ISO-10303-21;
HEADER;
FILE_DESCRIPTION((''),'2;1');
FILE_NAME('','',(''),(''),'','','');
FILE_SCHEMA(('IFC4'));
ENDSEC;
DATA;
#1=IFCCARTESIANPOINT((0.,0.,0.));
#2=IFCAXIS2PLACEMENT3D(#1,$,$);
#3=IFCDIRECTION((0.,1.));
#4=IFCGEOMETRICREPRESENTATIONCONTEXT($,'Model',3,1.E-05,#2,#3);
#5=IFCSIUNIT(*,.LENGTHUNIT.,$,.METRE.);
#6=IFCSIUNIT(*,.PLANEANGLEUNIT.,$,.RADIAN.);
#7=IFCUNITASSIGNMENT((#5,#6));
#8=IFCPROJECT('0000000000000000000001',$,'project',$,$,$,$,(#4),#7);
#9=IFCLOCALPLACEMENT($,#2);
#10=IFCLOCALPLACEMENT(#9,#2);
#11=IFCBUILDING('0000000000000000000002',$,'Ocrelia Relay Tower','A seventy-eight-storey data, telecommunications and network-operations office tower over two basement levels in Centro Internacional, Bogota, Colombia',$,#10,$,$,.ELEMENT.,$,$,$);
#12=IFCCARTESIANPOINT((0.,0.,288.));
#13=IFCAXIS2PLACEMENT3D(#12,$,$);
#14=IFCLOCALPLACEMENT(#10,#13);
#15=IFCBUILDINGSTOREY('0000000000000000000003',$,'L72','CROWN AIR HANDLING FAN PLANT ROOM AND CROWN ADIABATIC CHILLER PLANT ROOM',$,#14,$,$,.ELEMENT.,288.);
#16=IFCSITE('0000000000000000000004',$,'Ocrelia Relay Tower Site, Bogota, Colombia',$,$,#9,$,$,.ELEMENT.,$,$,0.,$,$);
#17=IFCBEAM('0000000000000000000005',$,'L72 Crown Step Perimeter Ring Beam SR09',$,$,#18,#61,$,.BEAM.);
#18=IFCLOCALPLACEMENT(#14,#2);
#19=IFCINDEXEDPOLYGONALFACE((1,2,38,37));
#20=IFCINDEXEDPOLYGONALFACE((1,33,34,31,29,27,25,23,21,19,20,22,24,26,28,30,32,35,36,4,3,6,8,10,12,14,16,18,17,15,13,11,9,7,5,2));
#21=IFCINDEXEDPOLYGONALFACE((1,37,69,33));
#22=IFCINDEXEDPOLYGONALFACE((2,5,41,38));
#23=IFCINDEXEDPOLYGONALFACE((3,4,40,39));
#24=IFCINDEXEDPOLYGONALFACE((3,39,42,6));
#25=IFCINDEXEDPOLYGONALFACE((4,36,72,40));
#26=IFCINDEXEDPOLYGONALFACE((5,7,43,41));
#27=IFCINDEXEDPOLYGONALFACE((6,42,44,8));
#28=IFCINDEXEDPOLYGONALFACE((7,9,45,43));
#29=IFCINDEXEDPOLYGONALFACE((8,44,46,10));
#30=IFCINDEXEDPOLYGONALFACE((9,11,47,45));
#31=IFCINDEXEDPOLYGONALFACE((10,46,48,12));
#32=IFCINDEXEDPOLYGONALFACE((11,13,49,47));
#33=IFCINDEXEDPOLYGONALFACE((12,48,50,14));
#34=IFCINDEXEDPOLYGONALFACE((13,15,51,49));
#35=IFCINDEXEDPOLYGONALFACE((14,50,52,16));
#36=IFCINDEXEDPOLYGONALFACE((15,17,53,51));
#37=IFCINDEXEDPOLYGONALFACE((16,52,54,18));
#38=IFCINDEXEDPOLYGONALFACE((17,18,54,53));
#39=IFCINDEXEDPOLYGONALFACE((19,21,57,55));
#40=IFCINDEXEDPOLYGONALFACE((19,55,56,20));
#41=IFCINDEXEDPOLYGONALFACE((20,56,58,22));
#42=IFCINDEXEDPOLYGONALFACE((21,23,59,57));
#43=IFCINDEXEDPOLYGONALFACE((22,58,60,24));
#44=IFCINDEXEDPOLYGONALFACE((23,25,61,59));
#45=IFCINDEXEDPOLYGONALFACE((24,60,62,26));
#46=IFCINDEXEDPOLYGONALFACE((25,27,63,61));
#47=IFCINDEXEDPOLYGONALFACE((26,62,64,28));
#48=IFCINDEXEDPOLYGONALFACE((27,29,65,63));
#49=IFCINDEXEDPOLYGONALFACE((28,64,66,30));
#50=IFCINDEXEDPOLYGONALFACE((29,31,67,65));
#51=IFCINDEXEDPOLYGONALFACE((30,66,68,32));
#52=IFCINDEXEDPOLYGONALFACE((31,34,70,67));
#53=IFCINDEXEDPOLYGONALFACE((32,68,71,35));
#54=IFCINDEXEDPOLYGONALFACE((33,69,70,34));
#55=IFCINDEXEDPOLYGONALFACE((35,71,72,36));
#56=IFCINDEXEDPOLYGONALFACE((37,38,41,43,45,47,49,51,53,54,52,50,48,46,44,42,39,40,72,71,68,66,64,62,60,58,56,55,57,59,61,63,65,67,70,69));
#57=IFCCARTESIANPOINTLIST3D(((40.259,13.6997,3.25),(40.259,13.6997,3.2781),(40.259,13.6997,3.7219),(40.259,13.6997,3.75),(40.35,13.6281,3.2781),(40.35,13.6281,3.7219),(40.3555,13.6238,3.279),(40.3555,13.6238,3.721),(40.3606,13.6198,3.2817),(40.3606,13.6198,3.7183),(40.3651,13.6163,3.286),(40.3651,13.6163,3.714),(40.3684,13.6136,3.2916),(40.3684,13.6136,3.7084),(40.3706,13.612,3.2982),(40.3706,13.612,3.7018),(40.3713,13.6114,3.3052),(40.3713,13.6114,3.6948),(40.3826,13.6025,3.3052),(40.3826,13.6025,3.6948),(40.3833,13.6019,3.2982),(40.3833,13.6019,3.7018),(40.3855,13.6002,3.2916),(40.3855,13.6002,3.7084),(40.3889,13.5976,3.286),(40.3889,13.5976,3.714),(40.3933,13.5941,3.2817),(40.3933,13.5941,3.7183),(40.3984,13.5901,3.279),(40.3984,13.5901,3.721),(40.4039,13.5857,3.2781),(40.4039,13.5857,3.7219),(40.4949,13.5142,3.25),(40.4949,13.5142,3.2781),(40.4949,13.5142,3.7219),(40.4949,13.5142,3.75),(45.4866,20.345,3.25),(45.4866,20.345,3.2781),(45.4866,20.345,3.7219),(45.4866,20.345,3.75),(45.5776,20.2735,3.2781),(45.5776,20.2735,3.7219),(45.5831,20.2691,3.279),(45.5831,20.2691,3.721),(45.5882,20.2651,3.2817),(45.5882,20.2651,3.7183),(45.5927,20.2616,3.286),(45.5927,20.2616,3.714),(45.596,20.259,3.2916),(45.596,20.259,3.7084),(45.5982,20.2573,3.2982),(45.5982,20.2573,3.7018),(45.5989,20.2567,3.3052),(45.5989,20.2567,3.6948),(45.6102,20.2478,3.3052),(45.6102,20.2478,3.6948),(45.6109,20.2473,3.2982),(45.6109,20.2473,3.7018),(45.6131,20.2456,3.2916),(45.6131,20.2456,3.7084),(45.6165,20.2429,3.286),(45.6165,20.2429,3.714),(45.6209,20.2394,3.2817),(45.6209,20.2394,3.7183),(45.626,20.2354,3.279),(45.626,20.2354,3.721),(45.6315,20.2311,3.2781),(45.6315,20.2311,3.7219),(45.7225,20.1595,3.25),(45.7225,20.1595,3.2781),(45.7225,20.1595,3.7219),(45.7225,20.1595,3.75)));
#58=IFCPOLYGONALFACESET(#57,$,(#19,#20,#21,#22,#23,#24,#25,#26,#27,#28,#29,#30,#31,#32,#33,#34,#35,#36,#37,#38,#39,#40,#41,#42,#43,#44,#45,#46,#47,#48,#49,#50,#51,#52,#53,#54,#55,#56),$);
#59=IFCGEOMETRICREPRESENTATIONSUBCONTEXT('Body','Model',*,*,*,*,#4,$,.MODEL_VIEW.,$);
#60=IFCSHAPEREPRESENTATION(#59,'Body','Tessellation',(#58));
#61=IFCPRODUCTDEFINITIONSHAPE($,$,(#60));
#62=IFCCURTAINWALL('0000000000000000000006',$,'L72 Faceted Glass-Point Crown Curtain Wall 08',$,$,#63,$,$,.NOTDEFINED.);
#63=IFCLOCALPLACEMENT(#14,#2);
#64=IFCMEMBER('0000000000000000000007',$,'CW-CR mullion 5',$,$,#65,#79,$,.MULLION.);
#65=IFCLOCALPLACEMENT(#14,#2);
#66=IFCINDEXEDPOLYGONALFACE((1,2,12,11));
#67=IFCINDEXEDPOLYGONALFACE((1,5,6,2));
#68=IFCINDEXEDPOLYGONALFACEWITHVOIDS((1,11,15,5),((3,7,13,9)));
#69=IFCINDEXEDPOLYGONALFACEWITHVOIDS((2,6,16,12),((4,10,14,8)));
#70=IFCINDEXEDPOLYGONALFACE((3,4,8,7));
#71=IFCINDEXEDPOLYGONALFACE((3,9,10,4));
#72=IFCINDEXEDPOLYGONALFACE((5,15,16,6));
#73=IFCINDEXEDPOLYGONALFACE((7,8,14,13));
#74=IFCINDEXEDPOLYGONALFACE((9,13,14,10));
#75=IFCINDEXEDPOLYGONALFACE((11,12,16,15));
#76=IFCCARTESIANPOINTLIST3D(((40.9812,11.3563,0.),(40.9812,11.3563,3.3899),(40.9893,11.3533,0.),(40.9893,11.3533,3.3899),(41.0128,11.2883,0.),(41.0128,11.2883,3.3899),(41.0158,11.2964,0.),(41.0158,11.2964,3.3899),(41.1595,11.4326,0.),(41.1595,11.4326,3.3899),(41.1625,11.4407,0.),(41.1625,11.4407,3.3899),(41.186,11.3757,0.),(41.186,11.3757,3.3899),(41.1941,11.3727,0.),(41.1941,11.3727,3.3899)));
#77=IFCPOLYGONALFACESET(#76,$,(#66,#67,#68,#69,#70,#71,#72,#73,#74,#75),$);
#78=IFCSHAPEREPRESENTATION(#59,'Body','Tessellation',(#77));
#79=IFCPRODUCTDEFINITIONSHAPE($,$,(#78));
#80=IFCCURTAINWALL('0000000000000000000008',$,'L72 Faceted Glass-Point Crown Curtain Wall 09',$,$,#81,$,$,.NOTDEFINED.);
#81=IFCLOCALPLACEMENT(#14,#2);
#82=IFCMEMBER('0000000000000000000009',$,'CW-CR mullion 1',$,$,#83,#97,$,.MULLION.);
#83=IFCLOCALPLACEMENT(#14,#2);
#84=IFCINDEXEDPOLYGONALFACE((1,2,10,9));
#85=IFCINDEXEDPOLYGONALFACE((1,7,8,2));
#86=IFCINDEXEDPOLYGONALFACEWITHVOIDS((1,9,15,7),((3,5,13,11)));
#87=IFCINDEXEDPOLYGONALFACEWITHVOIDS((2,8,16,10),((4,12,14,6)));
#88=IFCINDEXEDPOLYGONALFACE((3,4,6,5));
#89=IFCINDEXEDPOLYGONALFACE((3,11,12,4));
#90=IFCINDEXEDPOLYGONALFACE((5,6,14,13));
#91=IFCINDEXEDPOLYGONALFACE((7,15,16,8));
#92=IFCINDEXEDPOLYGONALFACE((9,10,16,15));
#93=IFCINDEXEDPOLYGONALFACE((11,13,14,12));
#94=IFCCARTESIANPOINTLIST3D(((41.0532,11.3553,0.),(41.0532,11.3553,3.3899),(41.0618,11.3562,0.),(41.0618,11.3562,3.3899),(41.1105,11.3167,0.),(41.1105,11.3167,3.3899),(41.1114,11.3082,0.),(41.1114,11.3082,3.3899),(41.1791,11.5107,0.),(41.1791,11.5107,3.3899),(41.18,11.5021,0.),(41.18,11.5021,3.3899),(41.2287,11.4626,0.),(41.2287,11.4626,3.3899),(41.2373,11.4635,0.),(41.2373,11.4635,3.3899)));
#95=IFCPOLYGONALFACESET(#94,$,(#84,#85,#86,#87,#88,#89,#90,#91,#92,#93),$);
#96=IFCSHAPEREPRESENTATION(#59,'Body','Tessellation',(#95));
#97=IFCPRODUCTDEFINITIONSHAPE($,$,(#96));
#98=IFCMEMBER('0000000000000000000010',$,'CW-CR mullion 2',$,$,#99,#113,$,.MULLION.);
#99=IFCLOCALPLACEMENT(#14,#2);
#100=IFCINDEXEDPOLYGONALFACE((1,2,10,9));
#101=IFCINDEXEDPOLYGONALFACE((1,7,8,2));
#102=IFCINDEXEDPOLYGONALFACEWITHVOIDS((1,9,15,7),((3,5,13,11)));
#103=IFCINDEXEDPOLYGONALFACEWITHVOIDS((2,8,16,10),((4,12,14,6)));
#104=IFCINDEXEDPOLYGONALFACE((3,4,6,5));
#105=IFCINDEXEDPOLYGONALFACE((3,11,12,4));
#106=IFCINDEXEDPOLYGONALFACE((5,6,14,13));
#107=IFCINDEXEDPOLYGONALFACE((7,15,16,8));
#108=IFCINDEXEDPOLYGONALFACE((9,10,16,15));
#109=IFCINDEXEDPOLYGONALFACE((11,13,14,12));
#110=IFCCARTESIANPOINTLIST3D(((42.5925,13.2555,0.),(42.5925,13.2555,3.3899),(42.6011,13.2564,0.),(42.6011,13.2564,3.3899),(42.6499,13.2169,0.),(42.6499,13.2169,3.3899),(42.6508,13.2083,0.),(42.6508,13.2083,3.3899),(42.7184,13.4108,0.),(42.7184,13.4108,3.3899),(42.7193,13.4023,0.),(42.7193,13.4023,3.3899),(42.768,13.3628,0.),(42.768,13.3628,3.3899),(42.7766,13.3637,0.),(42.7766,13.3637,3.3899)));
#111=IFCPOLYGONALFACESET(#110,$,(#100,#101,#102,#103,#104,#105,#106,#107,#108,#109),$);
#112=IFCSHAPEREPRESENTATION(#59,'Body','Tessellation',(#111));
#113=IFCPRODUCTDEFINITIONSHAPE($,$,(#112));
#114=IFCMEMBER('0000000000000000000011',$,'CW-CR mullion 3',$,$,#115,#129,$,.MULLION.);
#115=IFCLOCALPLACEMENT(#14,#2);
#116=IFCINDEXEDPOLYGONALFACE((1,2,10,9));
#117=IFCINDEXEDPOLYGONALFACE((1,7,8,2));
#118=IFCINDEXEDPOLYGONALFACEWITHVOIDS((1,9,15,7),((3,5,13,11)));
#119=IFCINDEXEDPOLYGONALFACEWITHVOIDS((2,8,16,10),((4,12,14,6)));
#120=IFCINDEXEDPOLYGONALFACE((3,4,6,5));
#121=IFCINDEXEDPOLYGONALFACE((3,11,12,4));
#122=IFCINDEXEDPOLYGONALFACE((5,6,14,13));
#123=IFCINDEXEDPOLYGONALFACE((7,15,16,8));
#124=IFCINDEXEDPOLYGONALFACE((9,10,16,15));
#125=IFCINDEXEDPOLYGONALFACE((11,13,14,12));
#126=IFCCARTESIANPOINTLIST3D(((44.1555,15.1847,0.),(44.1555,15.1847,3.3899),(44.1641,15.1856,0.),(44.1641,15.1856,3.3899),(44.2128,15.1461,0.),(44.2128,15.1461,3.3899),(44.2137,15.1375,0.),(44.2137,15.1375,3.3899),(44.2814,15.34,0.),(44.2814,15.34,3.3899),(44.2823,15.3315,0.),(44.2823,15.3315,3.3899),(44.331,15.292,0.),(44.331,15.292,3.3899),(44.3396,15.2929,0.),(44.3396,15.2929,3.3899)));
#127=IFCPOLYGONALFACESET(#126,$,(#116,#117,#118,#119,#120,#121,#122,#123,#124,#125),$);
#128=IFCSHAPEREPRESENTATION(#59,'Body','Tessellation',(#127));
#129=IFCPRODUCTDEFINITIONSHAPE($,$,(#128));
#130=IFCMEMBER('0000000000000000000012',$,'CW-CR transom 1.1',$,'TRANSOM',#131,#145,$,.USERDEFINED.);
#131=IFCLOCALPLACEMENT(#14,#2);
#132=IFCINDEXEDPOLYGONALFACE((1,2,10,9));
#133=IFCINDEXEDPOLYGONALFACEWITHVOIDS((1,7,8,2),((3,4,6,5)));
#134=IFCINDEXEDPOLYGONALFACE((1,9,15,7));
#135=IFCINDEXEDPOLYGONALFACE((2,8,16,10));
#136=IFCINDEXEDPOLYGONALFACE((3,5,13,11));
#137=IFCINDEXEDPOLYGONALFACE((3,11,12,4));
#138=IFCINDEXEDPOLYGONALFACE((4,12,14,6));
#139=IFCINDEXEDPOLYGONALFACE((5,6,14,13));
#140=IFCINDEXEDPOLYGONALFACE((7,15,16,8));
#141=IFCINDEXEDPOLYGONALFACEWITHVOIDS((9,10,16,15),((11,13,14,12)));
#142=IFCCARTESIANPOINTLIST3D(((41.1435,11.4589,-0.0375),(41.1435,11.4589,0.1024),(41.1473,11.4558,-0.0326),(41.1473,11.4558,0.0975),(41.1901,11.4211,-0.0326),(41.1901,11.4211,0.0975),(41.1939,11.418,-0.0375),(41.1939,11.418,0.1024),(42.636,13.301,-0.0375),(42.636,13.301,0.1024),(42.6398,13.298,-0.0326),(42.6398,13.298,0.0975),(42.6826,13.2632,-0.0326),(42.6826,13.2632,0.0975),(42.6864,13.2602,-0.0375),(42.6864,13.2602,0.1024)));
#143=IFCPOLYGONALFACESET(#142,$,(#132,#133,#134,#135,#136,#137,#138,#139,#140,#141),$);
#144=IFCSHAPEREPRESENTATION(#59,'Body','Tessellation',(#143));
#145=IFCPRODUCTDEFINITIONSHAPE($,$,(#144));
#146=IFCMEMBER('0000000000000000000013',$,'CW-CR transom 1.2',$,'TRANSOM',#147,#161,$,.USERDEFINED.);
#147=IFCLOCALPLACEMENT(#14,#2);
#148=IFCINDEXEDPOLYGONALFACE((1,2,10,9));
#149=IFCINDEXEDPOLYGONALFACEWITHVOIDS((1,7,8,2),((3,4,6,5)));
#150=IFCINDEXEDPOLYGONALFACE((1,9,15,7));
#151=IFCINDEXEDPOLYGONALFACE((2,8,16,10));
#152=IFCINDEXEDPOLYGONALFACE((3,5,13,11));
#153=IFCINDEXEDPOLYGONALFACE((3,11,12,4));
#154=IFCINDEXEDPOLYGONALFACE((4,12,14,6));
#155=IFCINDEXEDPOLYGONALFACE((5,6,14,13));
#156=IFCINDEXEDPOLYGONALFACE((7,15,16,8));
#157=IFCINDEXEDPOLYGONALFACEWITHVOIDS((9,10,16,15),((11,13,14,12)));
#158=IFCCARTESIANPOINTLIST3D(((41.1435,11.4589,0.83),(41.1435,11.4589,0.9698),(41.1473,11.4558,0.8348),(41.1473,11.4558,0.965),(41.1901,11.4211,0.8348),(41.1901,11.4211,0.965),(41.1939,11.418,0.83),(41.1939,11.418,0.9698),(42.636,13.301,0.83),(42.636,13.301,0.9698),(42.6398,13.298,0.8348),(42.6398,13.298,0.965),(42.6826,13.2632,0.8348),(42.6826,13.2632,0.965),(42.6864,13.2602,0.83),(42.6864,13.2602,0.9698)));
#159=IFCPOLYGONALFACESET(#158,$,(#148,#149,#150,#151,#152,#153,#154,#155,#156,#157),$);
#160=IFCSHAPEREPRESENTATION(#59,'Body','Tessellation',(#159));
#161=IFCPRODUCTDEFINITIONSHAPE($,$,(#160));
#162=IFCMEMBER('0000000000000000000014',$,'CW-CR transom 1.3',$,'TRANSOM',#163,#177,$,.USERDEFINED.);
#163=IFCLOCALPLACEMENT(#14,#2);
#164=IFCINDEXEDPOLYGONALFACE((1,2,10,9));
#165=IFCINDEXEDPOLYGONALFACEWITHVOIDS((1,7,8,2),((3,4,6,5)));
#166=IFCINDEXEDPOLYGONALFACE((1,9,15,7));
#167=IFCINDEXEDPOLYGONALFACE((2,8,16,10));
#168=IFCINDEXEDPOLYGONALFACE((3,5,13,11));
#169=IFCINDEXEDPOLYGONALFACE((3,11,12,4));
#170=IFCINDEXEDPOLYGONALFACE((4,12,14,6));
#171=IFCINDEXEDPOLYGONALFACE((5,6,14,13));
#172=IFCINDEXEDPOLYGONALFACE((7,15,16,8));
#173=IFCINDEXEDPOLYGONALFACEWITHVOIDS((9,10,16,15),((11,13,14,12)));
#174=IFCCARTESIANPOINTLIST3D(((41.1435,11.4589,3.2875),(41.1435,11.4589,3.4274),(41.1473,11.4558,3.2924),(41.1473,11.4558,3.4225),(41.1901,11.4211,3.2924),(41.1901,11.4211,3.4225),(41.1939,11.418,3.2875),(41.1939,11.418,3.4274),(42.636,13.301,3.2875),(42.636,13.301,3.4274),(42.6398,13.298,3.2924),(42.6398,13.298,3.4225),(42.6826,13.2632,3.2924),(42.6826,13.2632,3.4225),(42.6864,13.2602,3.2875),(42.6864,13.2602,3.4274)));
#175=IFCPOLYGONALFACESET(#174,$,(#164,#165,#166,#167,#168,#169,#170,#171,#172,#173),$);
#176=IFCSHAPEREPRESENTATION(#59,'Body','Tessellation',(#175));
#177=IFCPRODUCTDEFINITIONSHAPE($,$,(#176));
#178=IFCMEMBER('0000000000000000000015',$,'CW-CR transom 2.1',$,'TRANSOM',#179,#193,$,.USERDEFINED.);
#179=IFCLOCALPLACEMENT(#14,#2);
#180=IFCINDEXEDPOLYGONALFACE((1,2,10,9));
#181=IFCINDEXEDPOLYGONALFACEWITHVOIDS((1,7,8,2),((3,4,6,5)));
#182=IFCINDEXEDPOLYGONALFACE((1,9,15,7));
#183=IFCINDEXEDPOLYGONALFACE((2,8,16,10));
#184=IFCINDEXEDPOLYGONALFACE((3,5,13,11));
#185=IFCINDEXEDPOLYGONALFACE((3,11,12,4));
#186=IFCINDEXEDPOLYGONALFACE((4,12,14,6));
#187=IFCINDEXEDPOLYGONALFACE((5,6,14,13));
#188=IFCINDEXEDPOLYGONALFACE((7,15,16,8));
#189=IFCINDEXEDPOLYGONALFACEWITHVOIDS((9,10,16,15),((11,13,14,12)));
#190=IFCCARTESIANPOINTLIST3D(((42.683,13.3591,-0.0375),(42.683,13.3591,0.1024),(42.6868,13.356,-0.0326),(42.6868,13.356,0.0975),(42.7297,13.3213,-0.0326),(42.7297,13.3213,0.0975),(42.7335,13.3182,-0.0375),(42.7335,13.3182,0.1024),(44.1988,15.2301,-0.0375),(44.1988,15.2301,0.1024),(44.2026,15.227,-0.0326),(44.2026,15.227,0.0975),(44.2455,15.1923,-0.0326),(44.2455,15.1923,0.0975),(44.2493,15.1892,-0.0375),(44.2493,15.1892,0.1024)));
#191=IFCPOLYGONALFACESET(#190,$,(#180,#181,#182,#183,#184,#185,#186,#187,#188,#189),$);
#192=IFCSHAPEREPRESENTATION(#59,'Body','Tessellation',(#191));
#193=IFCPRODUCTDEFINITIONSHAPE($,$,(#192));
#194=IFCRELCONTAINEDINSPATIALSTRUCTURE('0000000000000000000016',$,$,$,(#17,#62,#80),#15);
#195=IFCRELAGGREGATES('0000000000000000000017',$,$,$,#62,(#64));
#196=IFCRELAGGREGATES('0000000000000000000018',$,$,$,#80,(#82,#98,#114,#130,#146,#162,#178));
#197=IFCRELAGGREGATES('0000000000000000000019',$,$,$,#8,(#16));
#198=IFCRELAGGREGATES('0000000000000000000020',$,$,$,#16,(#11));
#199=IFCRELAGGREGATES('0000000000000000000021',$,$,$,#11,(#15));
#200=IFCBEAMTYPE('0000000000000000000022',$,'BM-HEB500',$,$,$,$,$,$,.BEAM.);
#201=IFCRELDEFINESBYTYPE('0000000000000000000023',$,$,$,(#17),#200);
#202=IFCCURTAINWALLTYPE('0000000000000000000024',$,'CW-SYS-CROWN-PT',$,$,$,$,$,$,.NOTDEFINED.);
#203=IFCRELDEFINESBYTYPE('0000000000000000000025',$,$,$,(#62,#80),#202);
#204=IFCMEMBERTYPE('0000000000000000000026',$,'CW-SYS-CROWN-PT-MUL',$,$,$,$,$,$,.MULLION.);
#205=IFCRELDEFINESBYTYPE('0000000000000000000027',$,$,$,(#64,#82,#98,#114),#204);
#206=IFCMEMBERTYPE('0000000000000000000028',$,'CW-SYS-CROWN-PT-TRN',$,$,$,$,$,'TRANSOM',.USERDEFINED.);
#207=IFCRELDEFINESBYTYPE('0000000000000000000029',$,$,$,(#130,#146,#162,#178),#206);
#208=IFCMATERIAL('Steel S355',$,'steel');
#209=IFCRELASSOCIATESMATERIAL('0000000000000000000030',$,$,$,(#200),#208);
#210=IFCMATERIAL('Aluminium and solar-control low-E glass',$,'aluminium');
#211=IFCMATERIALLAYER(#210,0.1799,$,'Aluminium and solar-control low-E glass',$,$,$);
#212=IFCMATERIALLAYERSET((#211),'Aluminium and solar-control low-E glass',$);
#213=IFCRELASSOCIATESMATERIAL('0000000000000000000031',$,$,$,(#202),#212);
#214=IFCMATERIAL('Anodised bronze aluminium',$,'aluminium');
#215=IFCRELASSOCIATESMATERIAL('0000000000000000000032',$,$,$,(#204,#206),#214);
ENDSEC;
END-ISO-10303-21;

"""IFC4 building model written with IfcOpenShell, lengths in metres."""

from ifc_helpers import new_model, si_unit, direction, frame, origin, origin_2d, place, context, subcontext, project, spatial, hollow_rectangle, i_section, extrude, material, layer, layer_set, material_profile, profile_set, type_object, element, aggregate, save


model = new_model("IFC4")

# Units and contexts
model_context = context("Model", 3, precision=1e-05, world=origin(), true_north=direction((0.0, 1.0)))
body_context = subcontext(model_context, "Body", "Model", "MODEL_VIEW")
ifc_project = project(units=[si_unit("LENGTHUNIT", "METRE"), si_unit("PLANEANGLEUNIT", "RADIAN")], contexts=[model_context])

# Site, building, storey
site_placement = place(None, origin())
site = spatial("IfcSite", under=ifc_project, at=site_placement, Name="Ocrelia Relay Tower Site, Bogota, Colombia", CompositionType="ELEMENT", RefElevation=0.0)
building_placement = place(site_placement, origin())
building = spatial("IfcBuilding", under=site, at=building_placement, Name="Ocrelia Relay Tower", Description="A seventy-eight-storey data, telecommunications and network-operations office tower over two basement levels in Centro Internacional, Bogota, Colombia", CompositionType="ELEMENT")
storey_placement = place(building_placement, frame((0.0, 0.0, 288.0)))
storey = spatial("IfcBuildingStorey", under=building, at=storey_placement, Name="L72", Description="CROWN AIR HANDLING FAN PLANT ROOM AND CROWN ADIABATIC CHILLER PLANT ROOM", CompositionType="ELEMENT", Elevation=288.0)

# Beam
ifc_material_1 = material(Name="Steel S355", Category="steel")
ifc_material_profile_1 = material_profile(ifc_material_1, i_section(OverallWidth=0.3, OverallDepth=0.5, WebThickness=0.0144, FlangeThickness=0.0281, FilletRadius=0.0271, at=origin_2d()), Name="HEB 500")
ifc_profile_set_1 = profile_set([ifc_material_profile_1], Name="Steel S355")
beam_type_1 = type_object("IfcBeamType", Name="BM-HEB500", PredefinedType="BEAM", material=ifc_profile_set_1)
beam_1_placement = place(storey_placement, frame((40.377, 13.6069, 3.5), z_axis=(0.618279, 0.785958, 0.0), x_axis=(-0.785958, 0.618279, 0.0)))
element("IfcBeam", 1, at=beam_1_placement, inside=storey, type_object=beam_type_1, Name="L72 Crown Step Perimeter Ring Beam SR09", PredefinedType="BEAM", context=body_context, shape_type="SweptSolid", body=[
    extrude(i_section(OverallWidth=0.3, OverallDepth=0.5, WebThickness=0.0144, FlangeThickness=0.0281, FilletRadius=0.0271, at=origin_2d()), origin(), (0.0, 0.0, 1.0), 8.4551),
])

# Curtain wall, member
ifc_material_2 = material(Name="Aluminium and solar-control low-E glass", Category="aluminium")
ifc_layer_1 = layer(ifc_material_2, 0.1799, Name="Aluminium and solar-control low-E glass")
ifc_layer_set_1 = layer_set([ifc_layer_1], Name="Aluminium and solar-control low-E glass")
curtain_wall_type = type_object("IfcCurtainWallType", Name="CW-SYS-CROWN-PT", PredefinedType="NOTDEFINED", material=ifc_layer_set_1)
curtain_wall_1_placement = place(storey_placement, origin())
curtain_wall_1 = element("IfcCurtainWall", 2, at=curtain_wall_1_placement, inside=storey, type_object=curtain_wall_type, Name="L72 Faceted Glass-Point Crown Curtain Wall 08", PredefinedType="NOTDEFINED")
ifc_material_3 = material(Name="Anodised bronze aluminium", Category="aluminium")
ifc_material_profile_2 = material_profile(ifc_material_3, hollow_rectangle(XDim=0.075, YDim=0.2, WallThickness=0.0061, at=origin_2d()), Name="CW-MUL-200x75")
ifc_profile_set_2 = profile_set([ifc_material_profile_2], Name="Anodised bronze aluminium")
member_type_1 = type_object("IfcMemberType", Name="CW-SYS-CROWN-PT-MUL", PredefinedType="MULLION", material=ifc_profile_set_2)
member_1_placement = place(storey_placement, frame((41.0876, 11.3645, 0.0), z_axis=(0.0, 0.0, 1.0), x_axis=(-0.422115, 0.906542, 0.0)))
member_1 = element("IfcMember", 3, at=member_1_placement, type_object=member_type_1, Name="CW-CR mullion 5", PredefinedType="MULLION", context=body_context, shape_type="SweptSolid", body=[
    extrude(hollow_rectangle(XDim=0.075, YDim=0.2, WallThickness=0.0061, at=origin_2d()), origin(), (0.0, 0.0, 1.0), 3.3899),
])
aggregate(curtain_wall_1, [member_1])

# Curtain wall, members
curtain_wall_2_placement = place(storey_placement, origin())
curtain_wall_2 = element("IfcCurtainWall", 4, at=curtain_wall_2_placement, inside=storey, type_object=curtain_wall_type, Name="L72 Faceted Glass-Point Crown Curtain Wall 09", PredefinedType="NOTDEFINED")
member_2_placement = place(storey_placement, frame((41.1453, 11.4094, 0.0), z_axis=(0.0, 0.0, 1.0), x_axis=(-0.776998, 0.629503, 0.0)))
member_2 = element("IfcMember", 5, at=member_2_placement, type_object=member_type_1, Name="CW-CR mullion 1", PredefinedType="MULLION", context=body_context, shape_type="SweptSolid", body=[
    extrude(hollow_rectangle(XDim=0.075, YDim=0.2, WallThickness=0.0061, at=origin_2d()), origin(), (0.0, 0.0, 1.0), 3.3899),
])
member_3_placement = place(storey_placement, frame((42.6846, 13.3096, 0.0), z_axis=(0.0, 0.0, 1.0), x_axis=(-0.776998, 0.629503, 0.0)))
member_3 = element("IfcMember", 6, at=member_3_placement, type_object=member_type_1, Name="CW-CR mullion 2", PredefinedType="MULLION", context=body_context, shape_type="SweptSolid", body=[
    extrude(hollow_rectangle(XDim=0.075, YDim=0.2, WallThickness=0.0061, at=origin_2d()), origin(), (0.0, 0.0, 1.0), 3.3899),
])
member_4_placement = place(storey_placement, frame((44.2476, 15.2388, 0.0), z_axis=(0.0, 0.0, 1.0), x_axis=(-0.776998, 0.629503, 0.0)))
member_4 = element("IfcMember", 7, at=member_4_placement, type_object=member_type_1, Name="CW-CR mullion 3", PredefinedType="MULLION", context=body_context, shape_type="SweptSolid", body=[
    extrude(hollow_rectangle(XDim=0.075, YDim=0.2, WallThickness=0.0061, at=origin_2d()), origin(), (0.0, 0.0, 1.0), 3.3899),
])
ifc_material_profile_3 = material_profile(ifc_material_3, hollow_rectangle(XDim=0.0649, YDim=0.1399, WallThickness=0.0049, at=origin_2d()), Name="CW-TRN-140x65")
ifc_profile_set_3 = profile_set([ifc_material_profile_3], Name="Anodised bronze aluminium")
member_type_2 = type_object("IfcMemberType", Name="CW-SYS-CROWN-PT-TRN", ElementType="TRANSOM", PredefinedType="USERDEFINED", material=ifc_profile_set_3)
member_5_placement = place(storey_placement, frame((41.1687, 11.4385, 0.0325), z_axis=(0.629518, 0.776986, 0.0), x_axis=(-0.776986, 0.629518, 0.0)))
member_5 = element("IfcMember", 8, at=member_5_placement, type_object=member_type_2, Name="CW-CR transom 1.1", ObjectType="TRANSOM", PredefinedType="USERDEFINED", context=body_context, shape_type="SweptSolid", body=[
    extrude(hollow_rectangle(XDim=0.0649, YDim=0.1399, WallThickness=0.0049, at=origin_2d()), origin(), (0.0, 0.0, 1.0), 2.3708),
])
member_6_placement = place(storey_placement, frame((41.1687, 11.4385, 0.8999), z_axis=(0.629518, 0.776986, 0.0), x_axis=(-0.776986, 0.629518, 0.0)))
member_6 = element("IfcMember", 9, at=member_6_placement, type_object=member_type_2, Name="CW-CR transom 1.2", ObjectType="TRANSOM", PredefinedType="USERDEFINED", context=body_context, shape_type="SweptSolid", body=[
    extrude(hollow_rectangle(XDim=0.0649, YDim=0.1399, WallThickness=0.0049, at=origin_2d()), origin(), (0.0, 0.0, 1.0), 2.3708),
])
member_7_placement = place(storey_placement, frame((41.1687, 11.4385, 3.3574), z_axis=(0.629518, 0.776986, 0.0), x_axis=(-0.776986, 0.629518, 0.0)))
member_7 = element("IfcMember", 10, at=member_7_placement, type_object=member_type_2, Name="CW-CR transom 1.3", ObjectType="TRANSOM", PredefinedType="USERDEFINED", context=body_context, shape_type="SweptSolid", body=[
    extrude(hollow_rectangle(XDim=0.0649, YDim=0.1399, WallThickness=0.0049, at=origin_2d()), origin(), (0.0, 0.0, 1.0), 2.3708),
])
member_8_placement = place(storey_placement, frame((42.7083, 13.3386, 0.0325), z_axis=(0.629493, 0.777006, 0.0), x_axis=(-0.777006, 0.629493, 0.0)))
member_8 = element("IfcMember", 11, at=member_8_placement, type_object=member_type_2, Name="CW-CR transom 2.1", ObjectType="TRANSOM", PredefinedType="USERDEFINED", context=body_context, shape_type="SweptSolid", body=[
    extrude(hollow_rectangle(XDim=0.0649, YDim=0.1399, WallThickness=0.0049, at=origin_2d()), origin(), (0.0, 0.0, 1.0), 2.408),
])

aggregate(curtain_wall_2, [member_2, member_3, member_4, member_5, member_6, member_7, member_8])

save(model, "model.ifc")
